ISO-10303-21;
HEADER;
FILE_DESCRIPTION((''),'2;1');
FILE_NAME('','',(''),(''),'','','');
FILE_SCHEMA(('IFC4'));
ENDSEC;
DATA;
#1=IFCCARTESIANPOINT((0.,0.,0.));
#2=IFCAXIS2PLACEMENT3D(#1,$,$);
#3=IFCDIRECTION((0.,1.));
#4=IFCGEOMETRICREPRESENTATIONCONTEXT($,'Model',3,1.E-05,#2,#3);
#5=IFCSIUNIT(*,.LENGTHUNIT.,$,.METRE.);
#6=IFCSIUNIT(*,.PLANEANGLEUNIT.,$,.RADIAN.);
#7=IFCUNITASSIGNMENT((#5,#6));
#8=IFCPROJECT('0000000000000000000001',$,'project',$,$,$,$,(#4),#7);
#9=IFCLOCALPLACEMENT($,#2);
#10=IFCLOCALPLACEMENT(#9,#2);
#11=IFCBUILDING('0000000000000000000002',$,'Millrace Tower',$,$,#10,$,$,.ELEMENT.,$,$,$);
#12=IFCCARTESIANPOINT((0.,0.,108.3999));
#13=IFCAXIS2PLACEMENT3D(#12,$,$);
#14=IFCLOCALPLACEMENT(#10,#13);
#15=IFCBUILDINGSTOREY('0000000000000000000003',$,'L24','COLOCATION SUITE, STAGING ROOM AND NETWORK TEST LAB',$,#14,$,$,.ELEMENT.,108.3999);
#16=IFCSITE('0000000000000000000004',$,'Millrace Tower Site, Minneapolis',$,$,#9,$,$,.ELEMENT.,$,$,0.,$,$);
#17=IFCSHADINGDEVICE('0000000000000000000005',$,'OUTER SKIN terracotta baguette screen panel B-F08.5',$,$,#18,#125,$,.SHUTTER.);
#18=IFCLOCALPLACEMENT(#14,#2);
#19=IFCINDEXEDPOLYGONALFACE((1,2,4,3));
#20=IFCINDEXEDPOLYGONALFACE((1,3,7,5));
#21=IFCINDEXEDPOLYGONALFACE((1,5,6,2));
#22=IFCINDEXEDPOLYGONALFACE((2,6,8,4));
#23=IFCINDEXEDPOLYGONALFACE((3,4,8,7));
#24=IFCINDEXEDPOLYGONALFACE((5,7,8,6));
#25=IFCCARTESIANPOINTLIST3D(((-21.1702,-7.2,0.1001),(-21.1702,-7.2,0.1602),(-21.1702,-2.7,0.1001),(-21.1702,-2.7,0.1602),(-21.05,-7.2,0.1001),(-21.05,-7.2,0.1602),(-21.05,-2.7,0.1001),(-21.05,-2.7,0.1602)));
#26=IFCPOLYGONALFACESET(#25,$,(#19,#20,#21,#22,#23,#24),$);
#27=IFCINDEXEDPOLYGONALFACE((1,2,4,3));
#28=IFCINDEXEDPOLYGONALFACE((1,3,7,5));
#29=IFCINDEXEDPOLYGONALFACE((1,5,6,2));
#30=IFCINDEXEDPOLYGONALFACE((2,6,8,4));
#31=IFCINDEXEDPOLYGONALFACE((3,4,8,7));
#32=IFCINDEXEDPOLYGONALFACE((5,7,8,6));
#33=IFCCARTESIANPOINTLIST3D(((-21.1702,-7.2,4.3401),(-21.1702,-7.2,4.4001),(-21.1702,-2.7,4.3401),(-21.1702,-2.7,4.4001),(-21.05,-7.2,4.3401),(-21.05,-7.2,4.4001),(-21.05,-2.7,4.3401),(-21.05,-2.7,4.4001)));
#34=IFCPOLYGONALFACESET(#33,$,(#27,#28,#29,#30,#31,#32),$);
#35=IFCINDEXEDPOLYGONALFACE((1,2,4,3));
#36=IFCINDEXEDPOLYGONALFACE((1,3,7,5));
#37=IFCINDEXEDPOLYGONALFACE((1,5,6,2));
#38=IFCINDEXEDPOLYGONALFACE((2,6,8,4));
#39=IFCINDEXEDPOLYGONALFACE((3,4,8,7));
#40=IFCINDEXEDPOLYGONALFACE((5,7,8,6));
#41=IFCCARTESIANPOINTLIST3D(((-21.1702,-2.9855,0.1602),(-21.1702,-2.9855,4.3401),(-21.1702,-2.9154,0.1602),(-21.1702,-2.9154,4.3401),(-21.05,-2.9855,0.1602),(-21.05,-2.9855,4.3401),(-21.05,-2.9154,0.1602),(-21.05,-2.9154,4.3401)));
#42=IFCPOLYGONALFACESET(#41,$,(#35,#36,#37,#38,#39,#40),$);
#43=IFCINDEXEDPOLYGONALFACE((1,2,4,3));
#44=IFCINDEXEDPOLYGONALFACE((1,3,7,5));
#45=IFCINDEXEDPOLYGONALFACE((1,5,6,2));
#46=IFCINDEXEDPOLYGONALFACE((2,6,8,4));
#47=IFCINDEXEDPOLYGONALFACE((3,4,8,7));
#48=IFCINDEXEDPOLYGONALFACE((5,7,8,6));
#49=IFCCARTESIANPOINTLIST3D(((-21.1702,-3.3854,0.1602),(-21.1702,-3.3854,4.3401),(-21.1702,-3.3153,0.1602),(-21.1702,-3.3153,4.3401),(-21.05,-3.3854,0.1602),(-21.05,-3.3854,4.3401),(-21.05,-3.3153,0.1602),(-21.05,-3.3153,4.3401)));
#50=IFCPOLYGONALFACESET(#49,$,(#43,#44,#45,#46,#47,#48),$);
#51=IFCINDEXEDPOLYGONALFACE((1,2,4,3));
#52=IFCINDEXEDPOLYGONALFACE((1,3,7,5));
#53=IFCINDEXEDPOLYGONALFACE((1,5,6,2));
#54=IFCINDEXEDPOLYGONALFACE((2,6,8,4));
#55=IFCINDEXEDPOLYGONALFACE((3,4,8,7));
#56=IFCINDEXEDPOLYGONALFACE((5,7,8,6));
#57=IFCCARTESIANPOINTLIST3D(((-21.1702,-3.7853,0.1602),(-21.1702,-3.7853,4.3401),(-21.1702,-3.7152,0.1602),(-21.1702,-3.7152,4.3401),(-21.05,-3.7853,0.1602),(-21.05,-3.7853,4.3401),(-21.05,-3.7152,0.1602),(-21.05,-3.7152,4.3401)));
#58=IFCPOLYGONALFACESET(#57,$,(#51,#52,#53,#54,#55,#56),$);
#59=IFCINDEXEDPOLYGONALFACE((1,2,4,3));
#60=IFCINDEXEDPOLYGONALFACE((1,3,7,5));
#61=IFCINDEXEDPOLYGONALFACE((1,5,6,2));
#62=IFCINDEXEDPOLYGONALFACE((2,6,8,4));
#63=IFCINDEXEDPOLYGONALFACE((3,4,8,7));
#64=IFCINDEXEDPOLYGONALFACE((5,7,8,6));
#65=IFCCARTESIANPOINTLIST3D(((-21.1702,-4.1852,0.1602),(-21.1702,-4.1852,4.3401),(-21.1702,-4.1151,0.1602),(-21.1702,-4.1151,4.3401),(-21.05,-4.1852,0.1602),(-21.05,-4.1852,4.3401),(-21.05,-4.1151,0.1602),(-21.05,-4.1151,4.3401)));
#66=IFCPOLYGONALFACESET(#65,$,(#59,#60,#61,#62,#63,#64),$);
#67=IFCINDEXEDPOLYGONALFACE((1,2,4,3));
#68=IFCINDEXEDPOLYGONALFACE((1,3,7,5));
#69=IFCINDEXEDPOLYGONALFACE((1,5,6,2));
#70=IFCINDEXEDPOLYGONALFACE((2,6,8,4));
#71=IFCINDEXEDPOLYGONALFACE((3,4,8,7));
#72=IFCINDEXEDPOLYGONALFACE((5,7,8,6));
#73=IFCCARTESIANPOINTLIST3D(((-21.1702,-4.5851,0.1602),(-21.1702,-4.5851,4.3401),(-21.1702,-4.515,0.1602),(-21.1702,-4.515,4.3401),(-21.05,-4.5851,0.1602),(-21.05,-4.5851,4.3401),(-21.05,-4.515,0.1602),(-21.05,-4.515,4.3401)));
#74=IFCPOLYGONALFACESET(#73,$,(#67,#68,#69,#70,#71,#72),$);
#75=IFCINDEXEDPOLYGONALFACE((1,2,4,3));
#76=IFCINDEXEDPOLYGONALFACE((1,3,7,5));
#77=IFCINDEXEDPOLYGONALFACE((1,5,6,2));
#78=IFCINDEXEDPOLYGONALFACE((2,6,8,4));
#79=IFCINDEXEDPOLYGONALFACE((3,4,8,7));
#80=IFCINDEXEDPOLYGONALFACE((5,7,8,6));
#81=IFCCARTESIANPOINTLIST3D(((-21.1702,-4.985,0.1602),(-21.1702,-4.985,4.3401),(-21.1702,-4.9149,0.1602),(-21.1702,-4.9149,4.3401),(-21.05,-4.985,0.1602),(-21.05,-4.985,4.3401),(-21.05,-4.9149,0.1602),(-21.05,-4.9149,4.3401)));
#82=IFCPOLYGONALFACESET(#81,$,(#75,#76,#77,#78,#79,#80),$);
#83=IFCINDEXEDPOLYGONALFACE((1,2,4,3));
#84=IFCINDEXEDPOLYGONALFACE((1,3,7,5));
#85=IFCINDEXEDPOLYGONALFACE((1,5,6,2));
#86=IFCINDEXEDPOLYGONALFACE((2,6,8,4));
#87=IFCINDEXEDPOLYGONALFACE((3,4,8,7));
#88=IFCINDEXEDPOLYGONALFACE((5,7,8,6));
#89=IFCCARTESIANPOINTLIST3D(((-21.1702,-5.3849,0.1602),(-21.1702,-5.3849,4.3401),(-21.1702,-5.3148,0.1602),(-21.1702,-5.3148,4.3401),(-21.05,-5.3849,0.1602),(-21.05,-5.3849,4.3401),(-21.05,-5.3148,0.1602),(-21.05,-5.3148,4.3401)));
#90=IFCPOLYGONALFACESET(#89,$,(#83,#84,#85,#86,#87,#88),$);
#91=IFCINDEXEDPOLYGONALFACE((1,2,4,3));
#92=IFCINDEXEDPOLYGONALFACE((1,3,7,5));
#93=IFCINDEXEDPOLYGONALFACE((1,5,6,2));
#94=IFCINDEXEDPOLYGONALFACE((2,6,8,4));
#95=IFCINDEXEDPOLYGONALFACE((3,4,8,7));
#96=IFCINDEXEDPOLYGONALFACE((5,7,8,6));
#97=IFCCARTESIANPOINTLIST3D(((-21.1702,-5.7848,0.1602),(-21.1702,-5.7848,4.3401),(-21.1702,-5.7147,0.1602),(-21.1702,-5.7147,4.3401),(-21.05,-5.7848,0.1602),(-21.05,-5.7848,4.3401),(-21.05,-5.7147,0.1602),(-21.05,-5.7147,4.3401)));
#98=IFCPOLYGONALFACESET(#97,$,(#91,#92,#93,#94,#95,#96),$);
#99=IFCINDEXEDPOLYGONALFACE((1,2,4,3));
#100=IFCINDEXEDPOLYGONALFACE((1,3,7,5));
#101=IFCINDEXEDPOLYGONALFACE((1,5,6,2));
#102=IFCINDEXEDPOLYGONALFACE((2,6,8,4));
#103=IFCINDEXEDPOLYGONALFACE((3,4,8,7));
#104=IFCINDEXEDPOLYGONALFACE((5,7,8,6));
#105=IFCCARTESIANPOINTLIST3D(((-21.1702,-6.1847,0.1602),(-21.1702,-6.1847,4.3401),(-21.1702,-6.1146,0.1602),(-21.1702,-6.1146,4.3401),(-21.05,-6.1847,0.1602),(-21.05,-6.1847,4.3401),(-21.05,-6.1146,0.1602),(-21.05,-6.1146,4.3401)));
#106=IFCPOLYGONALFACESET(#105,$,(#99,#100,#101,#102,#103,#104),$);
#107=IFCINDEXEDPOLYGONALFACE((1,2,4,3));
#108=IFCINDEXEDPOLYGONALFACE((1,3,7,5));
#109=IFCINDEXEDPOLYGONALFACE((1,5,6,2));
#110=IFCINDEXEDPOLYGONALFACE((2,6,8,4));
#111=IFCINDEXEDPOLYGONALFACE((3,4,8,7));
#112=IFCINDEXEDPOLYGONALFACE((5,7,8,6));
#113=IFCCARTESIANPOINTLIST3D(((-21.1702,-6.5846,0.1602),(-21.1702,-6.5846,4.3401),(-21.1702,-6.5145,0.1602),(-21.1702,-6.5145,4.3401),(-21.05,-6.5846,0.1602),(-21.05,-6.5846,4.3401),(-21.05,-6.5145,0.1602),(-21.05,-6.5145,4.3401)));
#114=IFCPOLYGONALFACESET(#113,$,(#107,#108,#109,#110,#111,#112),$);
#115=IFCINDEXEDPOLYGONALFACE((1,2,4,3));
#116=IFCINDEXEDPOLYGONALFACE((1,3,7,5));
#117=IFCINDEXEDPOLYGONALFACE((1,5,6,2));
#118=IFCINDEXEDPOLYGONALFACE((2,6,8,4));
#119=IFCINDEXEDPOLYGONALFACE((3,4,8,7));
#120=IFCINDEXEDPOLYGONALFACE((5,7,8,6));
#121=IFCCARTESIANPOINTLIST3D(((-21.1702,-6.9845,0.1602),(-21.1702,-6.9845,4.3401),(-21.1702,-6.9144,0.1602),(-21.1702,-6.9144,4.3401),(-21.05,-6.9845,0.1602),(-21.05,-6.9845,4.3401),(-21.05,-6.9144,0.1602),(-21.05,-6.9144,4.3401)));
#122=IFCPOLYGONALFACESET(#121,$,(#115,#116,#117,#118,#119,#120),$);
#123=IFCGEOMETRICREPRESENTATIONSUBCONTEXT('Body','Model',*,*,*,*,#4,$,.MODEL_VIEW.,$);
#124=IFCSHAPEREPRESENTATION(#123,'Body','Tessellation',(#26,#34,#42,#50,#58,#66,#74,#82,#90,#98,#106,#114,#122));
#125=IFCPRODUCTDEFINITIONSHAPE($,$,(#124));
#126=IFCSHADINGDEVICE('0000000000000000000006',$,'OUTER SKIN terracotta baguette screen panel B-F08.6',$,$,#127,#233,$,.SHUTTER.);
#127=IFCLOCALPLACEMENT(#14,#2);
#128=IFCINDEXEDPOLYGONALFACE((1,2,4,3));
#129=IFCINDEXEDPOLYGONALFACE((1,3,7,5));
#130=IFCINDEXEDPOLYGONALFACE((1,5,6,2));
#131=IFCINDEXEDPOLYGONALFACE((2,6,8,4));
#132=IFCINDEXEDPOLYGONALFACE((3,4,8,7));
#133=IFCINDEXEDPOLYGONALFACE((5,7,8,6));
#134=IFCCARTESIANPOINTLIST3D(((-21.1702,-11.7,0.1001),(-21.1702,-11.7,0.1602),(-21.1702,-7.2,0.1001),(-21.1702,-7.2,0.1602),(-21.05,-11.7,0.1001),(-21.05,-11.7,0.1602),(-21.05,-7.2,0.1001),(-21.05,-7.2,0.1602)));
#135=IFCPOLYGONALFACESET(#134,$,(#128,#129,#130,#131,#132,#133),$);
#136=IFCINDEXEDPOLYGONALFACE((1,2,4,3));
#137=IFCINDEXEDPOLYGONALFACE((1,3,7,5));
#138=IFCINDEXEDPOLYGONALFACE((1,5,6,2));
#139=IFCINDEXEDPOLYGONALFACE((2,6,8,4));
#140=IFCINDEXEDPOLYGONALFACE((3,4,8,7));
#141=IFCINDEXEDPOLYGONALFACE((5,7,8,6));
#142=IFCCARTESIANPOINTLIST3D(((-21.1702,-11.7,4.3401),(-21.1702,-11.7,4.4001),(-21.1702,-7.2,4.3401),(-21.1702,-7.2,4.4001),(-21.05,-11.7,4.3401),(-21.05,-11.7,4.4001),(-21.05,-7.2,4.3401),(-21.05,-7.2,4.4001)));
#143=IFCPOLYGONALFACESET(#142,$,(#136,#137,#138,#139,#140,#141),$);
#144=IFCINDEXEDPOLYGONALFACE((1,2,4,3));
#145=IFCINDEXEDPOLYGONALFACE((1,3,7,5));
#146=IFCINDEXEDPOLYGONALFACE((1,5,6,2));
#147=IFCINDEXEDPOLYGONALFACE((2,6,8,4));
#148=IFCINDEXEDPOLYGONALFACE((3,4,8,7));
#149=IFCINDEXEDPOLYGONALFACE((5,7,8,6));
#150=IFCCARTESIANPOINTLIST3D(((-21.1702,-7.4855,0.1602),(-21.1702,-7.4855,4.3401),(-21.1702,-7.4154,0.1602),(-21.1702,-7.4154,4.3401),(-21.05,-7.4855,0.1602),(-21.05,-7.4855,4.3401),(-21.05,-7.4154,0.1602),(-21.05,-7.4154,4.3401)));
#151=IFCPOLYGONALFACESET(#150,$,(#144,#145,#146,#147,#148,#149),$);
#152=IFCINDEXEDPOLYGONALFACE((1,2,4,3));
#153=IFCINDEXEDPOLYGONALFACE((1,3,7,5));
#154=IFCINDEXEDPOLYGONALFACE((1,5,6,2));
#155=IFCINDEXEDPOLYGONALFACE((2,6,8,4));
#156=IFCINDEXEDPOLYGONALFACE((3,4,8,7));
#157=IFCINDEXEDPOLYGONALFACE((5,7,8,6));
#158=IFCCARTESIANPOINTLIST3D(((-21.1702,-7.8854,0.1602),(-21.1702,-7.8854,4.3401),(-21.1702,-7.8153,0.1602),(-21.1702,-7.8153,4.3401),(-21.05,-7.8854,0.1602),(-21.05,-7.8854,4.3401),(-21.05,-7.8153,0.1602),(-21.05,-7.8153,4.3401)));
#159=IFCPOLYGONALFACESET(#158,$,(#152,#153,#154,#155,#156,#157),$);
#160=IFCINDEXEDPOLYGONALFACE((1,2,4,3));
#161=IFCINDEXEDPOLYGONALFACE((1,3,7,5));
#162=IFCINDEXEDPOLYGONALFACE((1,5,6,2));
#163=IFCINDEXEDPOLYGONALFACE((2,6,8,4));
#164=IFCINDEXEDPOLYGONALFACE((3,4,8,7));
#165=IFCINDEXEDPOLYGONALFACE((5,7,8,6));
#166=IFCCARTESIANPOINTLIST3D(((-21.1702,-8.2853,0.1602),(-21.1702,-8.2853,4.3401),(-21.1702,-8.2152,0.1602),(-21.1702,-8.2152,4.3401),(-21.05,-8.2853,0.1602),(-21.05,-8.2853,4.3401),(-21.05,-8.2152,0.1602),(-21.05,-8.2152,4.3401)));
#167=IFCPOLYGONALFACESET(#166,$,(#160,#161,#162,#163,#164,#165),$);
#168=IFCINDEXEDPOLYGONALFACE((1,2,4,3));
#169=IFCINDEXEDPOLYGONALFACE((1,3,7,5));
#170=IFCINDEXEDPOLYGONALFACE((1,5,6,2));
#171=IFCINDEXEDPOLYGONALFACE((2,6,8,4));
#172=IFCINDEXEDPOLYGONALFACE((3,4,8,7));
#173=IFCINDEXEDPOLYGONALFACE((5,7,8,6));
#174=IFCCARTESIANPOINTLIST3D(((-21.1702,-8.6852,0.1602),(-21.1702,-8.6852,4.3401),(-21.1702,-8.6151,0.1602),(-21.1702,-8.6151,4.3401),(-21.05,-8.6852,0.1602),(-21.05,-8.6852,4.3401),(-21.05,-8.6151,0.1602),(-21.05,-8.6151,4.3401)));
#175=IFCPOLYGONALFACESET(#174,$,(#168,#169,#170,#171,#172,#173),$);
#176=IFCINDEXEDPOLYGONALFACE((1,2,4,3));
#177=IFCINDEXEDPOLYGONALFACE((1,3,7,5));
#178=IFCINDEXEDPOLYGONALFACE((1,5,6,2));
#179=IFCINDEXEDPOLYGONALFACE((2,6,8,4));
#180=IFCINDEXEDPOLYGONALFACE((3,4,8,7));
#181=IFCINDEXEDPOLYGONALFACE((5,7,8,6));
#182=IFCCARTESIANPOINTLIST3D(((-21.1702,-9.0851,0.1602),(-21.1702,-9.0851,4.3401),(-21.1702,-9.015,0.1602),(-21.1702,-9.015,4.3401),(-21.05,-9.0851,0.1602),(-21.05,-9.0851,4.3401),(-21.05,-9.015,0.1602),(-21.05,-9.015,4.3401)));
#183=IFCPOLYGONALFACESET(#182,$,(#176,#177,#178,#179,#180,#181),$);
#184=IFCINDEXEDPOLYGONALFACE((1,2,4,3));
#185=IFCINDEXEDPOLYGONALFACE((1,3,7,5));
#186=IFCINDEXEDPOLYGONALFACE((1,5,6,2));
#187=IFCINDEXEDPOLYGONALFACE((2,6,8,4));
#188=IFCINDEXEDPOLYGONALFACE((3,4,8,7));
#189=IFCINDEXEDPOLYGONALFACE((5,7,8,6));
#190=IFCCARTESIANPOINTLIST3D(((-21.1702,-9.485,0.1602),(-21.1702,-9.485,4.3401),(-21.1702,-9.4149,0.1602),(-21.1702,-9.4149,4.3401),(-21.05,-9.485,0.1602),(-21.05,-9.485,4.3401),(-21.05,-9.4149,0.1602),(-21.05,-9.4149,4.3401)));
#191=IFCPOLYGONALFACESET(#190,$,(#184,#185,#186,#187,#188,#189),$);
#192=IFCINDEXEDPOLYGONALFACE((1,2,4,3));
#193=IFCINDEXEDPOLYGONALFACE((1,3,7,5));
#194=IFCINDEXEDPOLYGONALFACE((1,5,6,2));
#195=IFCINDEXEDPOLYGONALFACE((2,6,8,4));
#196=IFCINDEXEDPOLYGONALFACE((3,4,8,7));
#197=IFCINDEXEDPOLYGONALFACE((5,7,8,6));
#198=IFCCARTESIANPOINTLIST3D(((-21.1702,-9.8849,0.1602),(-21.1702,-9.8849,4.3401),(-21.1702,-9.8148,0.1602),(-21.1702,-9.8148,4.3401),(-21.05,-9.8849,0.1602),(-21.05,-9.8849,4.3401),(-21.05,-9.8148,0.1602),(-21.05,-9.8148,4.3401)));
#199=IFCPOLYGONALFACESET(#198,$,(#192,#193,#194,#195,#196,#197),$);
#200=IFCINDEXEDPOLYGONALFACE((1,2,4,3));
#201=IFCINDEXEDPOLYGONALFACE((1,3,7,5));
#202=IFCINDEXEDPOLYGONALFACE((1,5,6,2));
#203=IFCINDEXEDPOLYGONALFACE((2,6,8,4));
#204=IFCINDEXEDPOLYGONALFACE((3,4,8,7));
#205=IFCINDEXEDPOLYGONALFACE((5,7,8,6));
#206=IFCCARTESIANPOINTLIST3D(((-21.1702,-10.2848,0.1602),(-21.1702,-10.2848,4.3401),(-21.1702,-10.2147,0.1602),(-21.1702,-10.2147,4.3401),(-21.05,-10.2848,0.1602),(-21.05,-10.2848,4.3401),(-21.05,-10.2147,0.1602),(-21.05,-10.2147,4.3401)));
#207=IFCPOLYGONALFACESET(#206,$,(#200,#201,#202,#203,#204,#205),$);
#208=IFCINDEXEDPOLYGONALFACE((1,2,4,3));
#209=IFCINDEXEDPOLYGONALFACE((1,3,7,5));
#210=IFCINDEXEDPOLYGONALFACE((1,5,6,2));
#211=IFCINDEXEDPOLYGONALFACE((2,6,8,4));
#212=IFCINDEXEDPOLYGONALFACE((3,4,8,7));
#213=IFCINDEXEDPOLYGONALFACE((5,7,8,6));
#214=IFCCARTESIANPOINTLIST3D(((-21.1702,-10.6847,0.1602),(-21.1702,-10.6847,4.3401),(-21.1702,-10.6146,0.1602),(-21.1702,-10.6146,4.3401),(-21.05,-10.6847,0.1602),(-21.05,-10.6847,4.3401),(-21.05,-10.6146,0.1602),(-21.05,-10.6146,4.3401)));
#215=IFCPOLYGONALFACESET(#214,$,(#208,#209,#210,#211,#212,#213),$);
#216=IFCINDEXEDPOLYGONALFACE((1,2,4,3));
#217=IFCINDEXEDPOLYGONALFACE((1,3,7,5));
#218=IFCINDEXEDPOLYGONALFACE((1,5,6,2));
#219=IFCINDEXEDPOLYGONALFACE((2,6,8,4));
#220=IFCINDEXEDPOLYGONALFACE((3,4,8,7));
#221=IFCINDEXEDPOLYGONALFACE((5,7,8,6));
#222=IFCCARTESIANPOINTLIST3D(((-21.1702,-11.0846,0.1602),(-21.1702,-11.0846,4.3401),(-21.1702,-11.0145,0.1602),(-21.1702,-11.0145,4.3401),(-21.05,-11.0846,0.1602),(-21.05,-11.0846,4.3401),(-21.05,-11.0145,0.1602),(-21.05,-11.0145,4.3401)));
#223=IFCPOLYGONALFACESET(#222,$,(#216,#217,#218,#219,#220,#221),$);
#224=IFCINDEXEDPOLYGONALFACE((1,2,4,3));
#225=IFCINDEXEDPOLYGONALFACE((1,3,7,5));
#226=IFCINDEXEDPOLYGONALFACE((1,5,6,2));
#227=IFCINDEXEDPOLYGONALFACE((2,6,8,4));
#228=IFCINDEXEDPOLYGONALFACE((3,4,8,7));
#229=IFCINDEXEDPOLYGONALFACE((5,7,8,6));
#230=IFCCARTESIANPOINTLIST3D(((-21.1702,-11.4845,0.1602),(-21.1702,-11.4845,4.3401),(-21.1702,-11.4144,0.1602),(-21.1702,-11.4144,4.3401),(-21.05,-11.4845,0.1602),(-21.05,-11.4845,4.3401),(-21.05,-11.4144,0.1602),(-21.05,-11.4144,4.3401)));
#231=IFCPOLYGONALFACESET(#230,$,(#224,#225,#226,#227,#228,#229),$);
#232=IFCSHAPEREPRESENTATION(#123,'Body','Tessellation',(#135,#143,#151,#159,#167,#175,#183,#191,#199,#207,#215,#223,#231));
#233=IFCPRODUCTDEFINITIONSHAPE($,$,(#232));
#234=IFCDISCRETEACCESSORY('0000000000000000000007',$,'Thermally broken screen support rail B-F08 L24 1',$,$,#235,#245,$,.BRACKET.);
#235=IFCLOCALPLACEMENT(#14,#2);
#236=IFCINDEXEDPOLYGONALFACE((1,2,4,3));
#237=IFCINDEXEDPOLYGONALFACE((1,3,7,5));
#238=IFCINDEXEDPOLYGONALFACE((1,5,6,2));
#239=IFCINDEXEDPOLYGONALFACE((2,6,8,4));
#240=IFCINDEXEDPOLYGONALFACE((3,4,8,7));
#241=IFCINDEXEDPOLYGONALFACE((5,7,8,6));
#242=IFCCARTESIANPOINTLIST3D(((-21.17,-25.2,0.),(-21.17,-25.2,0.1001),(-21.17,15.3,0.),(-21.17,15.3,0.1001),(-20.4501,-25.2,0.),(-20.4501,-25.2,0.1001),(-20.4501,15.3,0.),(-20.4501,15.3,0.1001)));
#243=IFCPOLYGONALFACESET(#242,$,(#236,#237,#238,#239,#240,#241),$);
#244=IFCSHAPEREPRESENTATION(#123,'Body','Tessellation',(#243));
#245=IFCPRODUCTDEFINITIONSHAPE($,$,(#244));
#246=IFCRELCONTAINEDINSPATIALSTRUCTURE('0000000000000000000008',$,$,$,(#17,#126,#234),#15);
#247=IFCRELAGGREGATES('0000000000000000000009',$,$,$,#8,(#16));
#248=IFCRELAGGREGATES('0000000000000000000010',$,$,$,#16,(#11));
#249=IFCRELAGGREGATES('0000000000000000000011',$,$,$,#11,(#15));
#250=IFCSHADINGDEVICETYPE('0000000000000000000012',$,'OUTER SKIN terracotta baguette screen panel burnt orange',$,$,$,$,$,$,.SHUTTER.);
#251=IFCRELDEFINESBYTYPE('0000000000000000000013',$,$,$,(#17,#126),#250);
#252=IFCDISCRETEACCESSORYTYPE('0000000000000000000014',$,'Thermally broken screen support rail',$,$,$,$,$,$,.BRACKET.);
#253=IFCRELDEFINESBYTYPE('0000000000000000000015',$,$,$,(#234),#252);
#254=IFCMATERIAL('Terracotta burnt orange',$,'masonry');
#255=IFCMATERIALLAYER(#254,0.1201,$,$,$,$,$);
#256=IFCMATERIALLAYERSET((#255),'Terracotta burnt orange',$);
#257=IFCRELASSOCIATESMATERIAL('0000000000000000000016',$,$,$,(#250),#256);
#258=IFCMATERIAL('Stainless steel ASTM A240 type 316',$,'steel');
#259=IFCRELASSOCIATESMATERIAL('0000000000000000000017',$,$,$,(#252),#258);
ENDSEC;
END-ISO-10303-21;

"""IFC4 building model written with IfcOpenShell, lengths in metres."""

from ifc_helpers import new_model, entity, si_unit, direction, frame, frame_2d, origin, origin_2d, place, context, subcontext, project, spatial, rectangle, extrude, source, transform, mapped, material, layer, layer_set, type_object, element, save


model = new_model("IFC4")

# Units and contexts
model_context = context("Model", 3, precision=1e-05, world=origin(), true_north=direction((0.0, 1.0)))
body_context = subcontext(model_context, "Body", "Model", "MODEL_VIEW")
ifc_project = project(units=[si_unit("LENGTHUNIT", "METRE"), si_unit("PLANEANGLEUNIT", "RADIAN")], contexts=[model_context])

# Site, building, storey
site_placement = place(None, origin())
site = spatial("IfcSite", under=ifc_project, at=site_placement, Name="Millrace Tower Site, Minneapolis", CompositionType="ELEMENT", RefElevation=0.0)
building_placement = place(site_placement, origin())
building = spatial("IfcBuilding", under=site, at=building_placement, Name="Millrace Tower", CompositionType="ELEMENT")
storey_placement = place(building_placement, frame((0.0, 0.0, 108.3999)))
storey = spatial("IfcBuildingStorey", under=building, at=storey_placement, Name="L24", Description="COLOCATION SUITE, STAGING ROOM AND NETWORK TEST LAB", CompositionType="ELEMENT", Elevation=108.3999)

# Shading devices
ifc_material_1 = material(Name="Terracotta burnt orange", Category="masonry")
ifc_layer_1 = layer(ifc_material_1, 0.1201)
ifc_layer_set_1 = layer_set([ifc_layer_1], Name="Terracotta burnt orange")
shading_device_type = type_object("IfcShadingDeviceType", Name="OUTER SKIN terracotta baguette screen panel burnt orange", PredefinedType="SHUTTER", material=ifc_layer_set_1)
cartesian_point = entity("IfcCartesianPoint", [-2.25, 0.0601])
shared_polyline = entity("IfcPolyline", [cartesian_point, entity("IfcCartesianPoint", [2.25, 0.0601]), entity("IfcCartesianPoint", [2.25, -0.0601]), entity("IfcCartesianPoint", [-2.25, -0.0601]), cartesian_point])
shared_shape = source(origin(), body_context, "Body", "SweptSolid", [
    entity("IfcExtrudedAreaSolid", entity("IfcArbitraryClosedProfileDef", "AREA", None, shared_polyline), entity("IfcAxis2Placement3D", entity("IfcCartesianPoint", [0.0, 0.0, 0.0])), entity("IfcDirection", [0.0, 0.0, 1.0]), 0.0601),
    entity("IfcExtrudedAreaSolid", entity("IfcArbitraryClosedProfileDef", "AREA", None, shared_polyline), entity("IfcAxis2Placement3D", entity("IfcCartesianPoint", [0.0, 0.0, 4.24])), entity("IfcDirection", [0.0, 0.0, 1.0]), 0.0601),
    extrude(rectangle(XDim=0.0701, YDim=0.1201, at=frame_2d((-1.9995, 0.0))), frame((0.0, 0.0, 0.0601)), (0.0, 0.0, 1.0), 4.1799),
    extrude(rectangle(XDim=0.0701, YDim=0.1201, at=frame_2d((-1.5996, 0.0))), frame((0.0, 0.0, 0.0601)), (0.0, 0.0, 1.0), 4.1799),
    extrude(rectangle(XDim=0.0701, YDim=0.1201, at=frame_2d((-1.1997, 0.0))), frame((0.0, 0.0, 0.0601)), (0.0, 0.0, 1.0), 4.1799),
    extrude(rectangle(XDim=0.0701, YDim=0.1201, at=frame_2d((-0.7998, 0.0))), frame((0.0, 0.0, 0.0601)), (0.0, 0.0, 1.0), 4.1799),
    extrude(rectangle(XDim=0.0701, YDim=0.1201, at=frame_2d((-0.3999, 0.0))), frame((0.0, 0.0, 0.0601)), (0.0, 0.0, 1.0), 4.1799),
    extrude(rectangle(XDim=0.0701, YDim=0.1201, at=origin_2d()), frame((0.0, 0.0, 0.0601)), (0.0, 0.0, 1.0), 4.1799),
    extrude(rectangle(XDim=0.0701, YDim=0.1201, at=frame_2d((0.3999, 0.0))), frame((0.0, 0.0, 0.0601)), (0.0, 0.0, 1.0), 4.1799),
    extrude(rectangle(XDim=0.0701, YDim=0.1201, at=frame_2d((0.7998, 0.0))), frame((0.0, 0.0, 0.0601)), (0.0, 0.0, 1.0), 4.1799),
    extrude(rectangle(XDim=0.0701, YDim=0.1201, at=frame_2d((1.1997, 0.0))), frame((0.0, 0.0, 0.0601)), (0.0, 0.0, 1.0), 4.1799),
    extrude(rectangle(XDim=0.0701, YDim=0.1201, at=frame_2d((1.5996, 0.0))), frame((0.0, 0.0, 0.0601)), (0.0, 0.0, 1.0), 4.1799),
    extrude(rectangle(XDim=0.0701, YDim=0.1201, at=frame_2d((1.9995, 0.0))), frame((0.0, 0.0, 0.0601)), (0.0, 0.0, 1.0), 4.1799),
])
for number, where, z_axis, x_axis, name in (
    (1, (-21.1101, -4.95, 0.1001), (0.0, 0.0, 1.0), (0.0, -1.0, 0.0), "OUTER SKIN terracotta baguette screen panel B-F08.5"),
    (2, (-21.1101, -9.45, 0.1001), (0.0, 0.0, 1.0), (0.0, -1.0, 0.0), "OUTER SKIN terracotta baguette screen panel B-F08.6"),
):
    element("IfcShadingDevice", number, at=place(storey_placement, frame(where, z_axis=z_axis, x_axis=x_axis)), inside=storey, type_object=shading_device_type, Name=name, PredefinedType="SHUTTER", context=body_context, shape_type="MappedRepresentation", body=[
        mapped(shared_shape, transform((0.0, 0.0, 0.0), scale=1.0)),
    ])

# Discrete accessory
ifc_material_2 = material(Name="Stainless steel ASTM A240 type 316", Category="steel")
discrete_accessory_type = type_object("IfcDiscreteAccessoryType", Name="Thermally broken screen support rail", PredefinedType="BRACKET", material=ifc_material_2)
discrete_accessory_placement = place(storey_placement, frame((-20.8101, -4.95, 0.0), z_axis=(0.0, 0.0, 1.0), x_axis=(0.0, -1.0, 0.0)))
element("IfcDiscreteAccessory", 3, at=discrete_accessory_placement, inside=storey, type_object=discrete_accessory_type, Name="Thermally broken screen support rail B-F08 L24 1", PredefinedType="BRACKET", context=body_context, shape_type="SweptSolid", body=[
    extrude(rectangle(XDim=40.5, YDim=0.72, at=origin_2d()), origin(), (0.0, 0.0, 1.0), 0.1001),
])

save(model, "model.ifc")
